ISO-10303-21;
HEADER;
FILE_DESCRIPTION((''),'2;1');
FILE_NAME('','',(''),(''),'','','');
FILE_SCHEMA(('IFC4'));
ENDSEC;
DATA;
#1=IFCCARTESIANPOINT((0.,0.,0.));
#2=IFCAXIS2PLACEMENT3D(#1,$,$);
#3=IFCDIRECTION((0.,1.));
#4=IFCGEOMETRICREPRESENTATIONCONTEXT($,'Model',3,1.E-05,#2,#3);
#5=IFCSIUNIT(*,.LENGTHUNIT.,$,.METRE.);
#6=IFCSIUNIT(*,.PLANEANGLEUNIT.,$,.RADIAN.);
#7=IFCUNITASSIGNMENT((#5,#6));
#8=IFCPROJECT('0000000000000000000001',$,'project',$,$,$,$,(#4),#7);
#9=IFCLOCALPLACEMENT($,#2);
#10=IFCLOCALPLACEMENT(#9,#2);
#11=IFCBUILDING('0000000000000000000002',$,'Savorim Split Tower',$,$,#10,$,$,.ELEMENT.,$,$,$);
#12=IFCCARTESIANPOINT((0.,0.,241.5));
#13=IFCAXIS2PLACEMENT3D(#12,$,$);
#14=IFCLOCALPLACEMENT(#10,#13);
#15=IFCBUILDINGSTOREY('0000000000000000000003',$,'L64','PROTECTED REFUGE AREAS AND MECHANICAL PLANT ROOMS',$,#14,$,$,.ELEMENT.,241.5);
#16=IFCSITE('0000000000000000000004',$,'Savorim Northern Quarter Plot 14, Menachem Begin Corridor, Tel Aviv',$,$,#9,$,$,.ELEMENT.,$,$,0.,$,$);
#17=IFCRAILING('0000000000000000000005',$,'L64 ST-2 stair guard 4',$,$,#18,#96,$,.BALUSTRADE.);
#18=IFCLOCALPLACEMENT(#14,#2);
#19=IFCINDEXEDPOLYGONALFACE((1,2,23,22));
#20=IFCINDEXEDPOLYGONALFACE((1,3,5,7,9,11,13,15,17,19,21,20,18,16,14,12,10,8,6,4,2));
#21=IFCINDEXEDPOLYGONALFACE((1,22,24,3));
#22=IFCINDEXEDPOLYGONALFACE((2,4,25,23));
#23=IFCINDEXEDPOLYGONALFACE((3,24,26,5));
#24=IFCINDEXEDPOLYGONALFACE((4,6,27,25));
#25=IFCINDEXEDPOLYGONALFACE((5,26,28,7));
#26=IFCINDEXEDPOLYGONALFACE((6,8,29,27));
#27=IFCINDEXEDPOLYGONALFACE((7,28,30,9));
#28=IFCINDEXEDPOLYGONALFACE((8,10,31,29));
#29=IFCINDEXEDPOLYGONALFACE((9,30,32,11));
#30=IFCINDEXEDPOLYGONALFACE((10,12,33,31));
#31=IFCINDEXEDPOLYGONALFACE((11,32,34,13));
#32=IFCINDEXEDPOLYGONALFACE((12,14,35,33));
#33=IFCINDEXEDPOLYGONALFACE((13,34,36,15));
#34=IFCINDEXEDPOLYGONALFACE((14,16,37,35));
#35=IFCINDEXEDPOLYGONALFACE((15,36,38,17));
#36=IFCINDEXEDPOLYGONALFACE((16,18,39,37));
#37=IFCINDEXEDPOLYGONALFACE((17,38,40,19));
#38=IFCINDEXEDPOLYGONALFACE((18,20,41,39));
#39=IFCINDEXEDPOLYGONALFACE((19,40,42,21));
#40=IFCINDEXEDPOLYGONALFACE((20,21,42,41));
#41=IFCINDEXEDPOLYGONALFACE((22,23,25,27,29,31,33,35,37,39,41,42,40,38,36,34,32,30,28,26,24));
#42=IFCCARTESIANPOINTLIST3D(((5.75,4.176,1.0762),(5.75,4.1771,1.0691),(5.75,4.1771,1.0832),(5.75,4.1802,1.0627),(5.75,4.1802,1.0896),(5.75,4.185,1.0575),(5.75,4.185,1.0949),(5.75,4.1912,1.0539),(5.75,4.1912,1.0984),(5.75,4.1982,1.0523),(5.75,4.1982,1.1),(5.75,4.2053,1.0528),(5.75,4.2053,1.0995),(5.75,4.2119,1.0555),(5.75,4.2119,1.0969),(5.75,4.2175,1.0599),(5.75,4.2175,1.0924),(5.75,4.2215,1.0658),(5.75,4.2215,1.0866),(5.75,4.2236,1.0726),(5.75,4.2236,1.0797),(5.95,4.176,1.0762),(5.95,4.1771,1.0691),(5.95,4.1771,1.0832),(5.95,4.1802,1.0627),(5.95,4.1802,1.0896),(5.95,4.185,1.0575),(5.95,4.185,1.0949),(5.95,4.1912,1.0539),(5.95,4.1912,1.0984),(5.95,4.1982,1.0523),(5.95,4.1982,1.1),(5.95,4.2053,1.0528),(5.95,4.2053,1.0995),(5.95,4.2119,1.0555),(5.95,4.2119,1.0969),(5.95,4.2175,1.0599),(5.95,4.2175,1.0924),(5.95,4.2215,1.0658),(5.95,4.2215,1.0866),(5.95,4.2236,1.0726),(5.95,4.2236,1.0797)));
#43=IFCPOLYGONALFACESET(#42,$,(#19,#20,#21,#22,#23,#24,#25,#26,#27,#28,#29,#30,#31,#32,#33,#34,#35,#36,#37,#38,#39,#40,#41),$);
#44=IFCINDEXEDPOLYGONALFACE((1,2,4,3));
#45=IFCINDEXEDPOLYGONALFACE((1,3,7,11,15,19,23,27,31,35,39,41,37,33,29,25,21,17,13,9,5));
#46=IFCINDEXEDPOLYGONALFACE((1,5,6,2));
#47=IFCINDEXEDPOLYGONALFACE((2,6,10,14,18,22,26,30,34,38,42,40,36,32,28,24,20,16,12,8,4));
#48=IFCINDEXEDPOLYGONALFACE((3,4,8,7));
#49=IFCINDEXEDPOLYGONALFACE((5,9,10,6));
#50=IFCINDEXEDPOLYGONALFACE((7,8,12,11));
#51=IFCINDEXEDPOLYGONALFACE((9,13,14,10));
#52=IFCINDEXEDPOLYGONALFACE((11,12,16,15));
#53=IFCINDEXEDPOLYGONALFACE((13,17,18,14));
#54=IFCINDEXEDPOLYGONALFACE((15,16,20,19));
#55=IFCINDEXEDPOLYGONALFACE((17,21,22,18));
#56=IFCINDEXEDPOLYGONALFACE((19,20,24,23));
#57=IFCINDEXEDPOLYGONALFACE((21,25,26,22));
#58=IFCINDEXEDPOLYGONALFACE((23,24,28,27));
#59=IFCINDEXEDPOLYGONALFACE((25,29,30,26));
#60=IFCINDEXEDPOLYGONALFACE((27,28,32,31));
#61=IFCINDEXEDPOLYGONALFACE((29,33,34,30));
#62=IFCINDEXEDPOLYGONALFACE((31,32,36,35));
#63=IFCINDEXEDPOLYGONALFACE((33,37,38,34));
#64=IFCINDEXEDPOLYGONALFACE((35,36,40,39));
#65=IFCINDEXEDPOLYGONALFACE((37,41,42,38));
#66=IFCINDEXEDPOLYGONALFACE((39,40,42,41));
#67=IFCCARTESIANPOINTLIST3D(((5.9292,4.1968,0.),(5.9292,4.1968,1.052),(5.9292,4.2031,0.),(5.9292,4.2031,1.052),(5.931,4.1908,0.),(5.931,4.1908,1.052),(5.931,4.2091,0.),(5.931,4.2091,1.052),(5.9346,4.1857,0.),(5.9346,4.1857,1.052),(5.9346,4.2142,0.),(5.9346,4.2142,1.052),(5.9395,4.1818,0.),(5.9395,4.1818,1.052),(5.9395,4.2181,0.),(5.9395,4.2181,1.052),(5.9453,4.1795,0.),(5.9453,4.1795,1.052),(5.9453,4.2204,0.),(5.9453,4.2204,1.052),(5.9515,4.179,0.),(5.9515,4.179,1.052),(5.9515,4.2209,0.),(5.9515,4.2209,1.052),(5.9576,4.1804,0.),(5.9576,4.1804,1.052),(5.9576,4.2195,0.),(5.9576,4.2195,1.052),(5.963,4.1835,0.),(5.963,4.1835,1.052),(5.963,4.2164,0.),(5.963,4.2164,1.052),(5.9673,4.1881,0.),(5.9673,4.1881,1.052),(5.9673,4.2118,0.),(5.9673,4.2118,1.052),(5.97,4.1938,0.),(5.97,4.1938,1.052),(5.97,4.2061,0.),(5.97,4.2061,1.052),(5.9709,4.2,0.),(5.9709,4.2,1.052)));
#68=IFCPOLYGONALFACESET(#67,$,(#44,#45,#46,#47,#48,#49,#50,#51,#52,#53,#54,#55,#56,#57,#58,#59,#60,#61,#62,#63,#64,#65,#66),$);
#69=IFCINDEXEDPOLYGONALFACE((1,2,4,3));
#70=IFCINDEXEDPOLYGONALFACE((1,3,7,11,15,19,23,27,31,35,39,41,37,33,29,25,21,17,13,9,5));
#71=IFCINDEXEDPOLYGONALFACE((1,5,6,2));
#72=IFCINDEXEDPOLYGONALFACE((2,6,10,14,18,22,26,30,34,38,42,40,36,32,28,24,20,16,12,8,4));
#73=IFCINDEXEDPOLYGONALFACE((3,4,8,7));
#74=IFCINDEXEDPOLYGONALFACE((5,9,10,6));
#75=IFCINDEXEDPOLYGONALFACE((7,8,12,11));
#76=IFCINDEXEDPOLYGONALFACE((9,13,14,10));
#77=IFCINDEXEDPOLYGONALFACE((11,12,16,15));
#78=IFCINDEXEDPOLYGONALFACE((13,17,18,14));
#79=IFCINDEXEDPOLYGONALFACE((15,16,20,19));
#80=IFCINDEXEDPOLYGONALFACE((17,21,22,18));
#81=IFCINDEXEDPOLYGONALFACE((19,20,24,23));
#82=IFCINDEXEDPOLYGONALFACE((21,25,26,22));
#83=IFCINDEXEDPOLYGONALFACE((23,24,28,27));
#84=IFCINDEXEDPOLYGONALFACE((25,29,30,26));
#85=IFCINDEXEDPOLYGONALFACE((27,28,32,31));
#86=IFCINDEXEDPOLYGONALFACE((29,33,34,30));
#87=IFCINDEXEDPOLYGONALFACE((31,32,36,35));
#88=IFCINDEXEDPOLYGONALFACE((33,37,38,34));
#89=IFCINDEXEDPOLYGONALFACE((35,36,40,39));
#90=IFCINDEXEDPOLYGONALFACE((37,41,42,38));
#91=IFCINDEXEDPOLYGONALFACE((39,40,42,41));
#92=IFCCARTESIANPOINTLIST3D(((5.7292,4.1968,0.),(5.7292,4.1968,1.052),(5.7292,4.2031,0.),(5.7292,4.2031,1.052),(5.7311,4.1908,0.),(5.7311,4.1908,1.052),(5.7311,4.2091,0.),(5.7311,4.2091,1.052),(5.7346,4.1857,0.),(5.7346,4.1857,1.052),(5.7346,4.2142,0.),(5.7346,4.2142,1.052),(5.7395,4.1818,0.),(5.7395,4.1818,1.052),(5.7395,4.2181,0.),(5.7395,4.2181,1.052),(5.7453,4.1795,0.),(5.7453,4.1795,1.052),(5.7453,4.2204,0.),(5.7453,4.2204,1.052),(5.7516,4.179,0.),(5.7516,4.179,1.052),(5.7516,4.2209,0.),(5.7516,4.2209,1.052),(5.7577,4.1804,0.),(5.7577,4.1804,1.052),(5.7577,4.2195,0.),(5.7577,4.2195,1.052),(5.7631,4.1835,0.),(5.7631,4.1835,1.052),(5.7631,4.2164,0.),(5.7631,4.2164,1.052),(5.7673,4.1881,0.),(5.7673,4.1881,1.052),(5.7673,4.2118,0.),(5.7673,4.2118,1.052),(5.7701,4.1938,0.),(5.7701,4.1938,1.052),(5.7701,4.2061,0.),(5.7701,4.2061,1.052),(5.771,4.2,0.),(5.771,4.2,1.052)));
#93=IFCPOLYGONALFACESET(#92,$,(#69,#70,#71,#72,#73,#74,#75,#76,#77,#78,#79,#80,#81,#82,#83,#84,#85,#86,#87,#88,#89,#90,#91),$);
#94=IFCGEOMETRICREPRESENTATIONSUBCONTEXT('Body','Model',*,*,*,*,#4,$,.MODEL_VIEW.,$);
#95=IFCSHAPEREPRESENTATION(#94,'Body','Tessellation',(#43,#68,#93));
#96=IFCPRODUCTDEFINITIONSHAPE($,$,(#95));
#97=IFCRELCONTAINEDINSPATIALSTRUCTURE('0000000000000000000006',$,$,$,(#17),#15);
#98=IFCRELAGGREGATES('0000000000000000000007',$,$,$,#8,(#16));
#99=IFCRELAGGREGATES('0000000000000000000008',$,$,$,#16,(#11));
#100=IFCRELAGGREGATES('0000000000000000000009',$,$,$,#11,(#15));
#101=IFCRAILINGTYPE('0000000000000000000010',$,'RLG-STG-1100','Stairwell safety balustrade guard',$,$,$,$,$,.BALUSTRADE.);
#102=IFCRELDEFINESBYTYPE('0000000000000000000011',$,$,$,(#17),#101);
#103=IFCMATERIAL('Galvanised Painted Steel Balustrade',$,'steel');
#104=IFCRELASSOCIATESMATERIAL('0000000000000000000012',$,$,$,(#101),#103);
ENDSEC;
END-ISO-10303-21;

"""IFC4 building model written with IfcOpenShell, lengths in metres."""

from ifc_helpers import new_model, si_unit, direction, frame, origin, origin_2d, place, context, subcontext, project, spatial, circle, extrude, material, type_object, element, save


model = new_model("IFC4")

# Units and contexts
model_context = context("Model", 3, precision=1e-05, world=origin(), true_north=direction((0.0, 1.0)))
body_context = subcontext(model_context, "Body", "Model", "MODEL_VIEW")
ifc_project = project(units=[si_unit("LENGTHUNIT", "METRE"), si_unit("PLANEANGLEUNIT", "RADIAN")], contexts=[model_context])

# Site, building, storey
site_placement = place(None, origin())
site = spatial("IfcSite", under=ifc_project, at=site_placement, Name="Savorim Northern Quarter Plot 14, Menachem Begin Corridor, Tel Aviv", CompositionType="ELEMENT", RefElevation=0.0)
building_placement = place(site_placement, origin())
building = spatial("IfcBuilding", under=site, at=building_placement, Name="Savorim Split Tower", CompositionType="ELEMENT")
storey_placement = place(building_placement, frame((0.0, 0.0, 241.5)))
storey = spatial("IfcBuildingStorey", under=building, at=storey_placement, Name="L64", Description="PROTECTED REFUGE AREAS AND MECHANICAL PLANT ROOMS", CompositionType="ELEMENT", Elevation=241.5)

# Shared definitions
ifc_material_1 = material(Name="Galvanised Painted Steel Balustrade", Category="steel")

# Railing
railing_type_1 = type_object("IfcRailingType", Name="RLG-STG-1100", Description="Stairwell safety balustrade guard", PredefinedType="BALUSTRADE", material=ifc_material_1)
railing_1_placement = place(storey_placement, frame((5.95, 4.2, 0.0)))
element("IfcRailing", 1, at=railing_1_placement, inside=storey, type_object=railing_type_1, Name="L64 ST-2 stair guard 4", PredefinedType="BALUSTRADE", context=body_context, shape_type="SweptSolid", body=[
    extrude(circle(Radius=0.0239, at=origin_2d()), frame((0.0, 0.0, 1.0762), z_axis=(-1.0, 0.0, 0.0), x_axis=(0.0, -1.0, 0.0)), (0.0, 0.0, 1.0), 0.2),
    extrude(circle(Radius=0.021, at=origin_2d()), origin(), (0.0, 0.0, 1.0), 1.052),
    extrude(circle(Radius=0.021, at=origin_2d()), frame((-0.2, 0.0, 0.0)), (0.0, 0.0, 1.0), 1.052),
])

save(model, "model.ifc")
